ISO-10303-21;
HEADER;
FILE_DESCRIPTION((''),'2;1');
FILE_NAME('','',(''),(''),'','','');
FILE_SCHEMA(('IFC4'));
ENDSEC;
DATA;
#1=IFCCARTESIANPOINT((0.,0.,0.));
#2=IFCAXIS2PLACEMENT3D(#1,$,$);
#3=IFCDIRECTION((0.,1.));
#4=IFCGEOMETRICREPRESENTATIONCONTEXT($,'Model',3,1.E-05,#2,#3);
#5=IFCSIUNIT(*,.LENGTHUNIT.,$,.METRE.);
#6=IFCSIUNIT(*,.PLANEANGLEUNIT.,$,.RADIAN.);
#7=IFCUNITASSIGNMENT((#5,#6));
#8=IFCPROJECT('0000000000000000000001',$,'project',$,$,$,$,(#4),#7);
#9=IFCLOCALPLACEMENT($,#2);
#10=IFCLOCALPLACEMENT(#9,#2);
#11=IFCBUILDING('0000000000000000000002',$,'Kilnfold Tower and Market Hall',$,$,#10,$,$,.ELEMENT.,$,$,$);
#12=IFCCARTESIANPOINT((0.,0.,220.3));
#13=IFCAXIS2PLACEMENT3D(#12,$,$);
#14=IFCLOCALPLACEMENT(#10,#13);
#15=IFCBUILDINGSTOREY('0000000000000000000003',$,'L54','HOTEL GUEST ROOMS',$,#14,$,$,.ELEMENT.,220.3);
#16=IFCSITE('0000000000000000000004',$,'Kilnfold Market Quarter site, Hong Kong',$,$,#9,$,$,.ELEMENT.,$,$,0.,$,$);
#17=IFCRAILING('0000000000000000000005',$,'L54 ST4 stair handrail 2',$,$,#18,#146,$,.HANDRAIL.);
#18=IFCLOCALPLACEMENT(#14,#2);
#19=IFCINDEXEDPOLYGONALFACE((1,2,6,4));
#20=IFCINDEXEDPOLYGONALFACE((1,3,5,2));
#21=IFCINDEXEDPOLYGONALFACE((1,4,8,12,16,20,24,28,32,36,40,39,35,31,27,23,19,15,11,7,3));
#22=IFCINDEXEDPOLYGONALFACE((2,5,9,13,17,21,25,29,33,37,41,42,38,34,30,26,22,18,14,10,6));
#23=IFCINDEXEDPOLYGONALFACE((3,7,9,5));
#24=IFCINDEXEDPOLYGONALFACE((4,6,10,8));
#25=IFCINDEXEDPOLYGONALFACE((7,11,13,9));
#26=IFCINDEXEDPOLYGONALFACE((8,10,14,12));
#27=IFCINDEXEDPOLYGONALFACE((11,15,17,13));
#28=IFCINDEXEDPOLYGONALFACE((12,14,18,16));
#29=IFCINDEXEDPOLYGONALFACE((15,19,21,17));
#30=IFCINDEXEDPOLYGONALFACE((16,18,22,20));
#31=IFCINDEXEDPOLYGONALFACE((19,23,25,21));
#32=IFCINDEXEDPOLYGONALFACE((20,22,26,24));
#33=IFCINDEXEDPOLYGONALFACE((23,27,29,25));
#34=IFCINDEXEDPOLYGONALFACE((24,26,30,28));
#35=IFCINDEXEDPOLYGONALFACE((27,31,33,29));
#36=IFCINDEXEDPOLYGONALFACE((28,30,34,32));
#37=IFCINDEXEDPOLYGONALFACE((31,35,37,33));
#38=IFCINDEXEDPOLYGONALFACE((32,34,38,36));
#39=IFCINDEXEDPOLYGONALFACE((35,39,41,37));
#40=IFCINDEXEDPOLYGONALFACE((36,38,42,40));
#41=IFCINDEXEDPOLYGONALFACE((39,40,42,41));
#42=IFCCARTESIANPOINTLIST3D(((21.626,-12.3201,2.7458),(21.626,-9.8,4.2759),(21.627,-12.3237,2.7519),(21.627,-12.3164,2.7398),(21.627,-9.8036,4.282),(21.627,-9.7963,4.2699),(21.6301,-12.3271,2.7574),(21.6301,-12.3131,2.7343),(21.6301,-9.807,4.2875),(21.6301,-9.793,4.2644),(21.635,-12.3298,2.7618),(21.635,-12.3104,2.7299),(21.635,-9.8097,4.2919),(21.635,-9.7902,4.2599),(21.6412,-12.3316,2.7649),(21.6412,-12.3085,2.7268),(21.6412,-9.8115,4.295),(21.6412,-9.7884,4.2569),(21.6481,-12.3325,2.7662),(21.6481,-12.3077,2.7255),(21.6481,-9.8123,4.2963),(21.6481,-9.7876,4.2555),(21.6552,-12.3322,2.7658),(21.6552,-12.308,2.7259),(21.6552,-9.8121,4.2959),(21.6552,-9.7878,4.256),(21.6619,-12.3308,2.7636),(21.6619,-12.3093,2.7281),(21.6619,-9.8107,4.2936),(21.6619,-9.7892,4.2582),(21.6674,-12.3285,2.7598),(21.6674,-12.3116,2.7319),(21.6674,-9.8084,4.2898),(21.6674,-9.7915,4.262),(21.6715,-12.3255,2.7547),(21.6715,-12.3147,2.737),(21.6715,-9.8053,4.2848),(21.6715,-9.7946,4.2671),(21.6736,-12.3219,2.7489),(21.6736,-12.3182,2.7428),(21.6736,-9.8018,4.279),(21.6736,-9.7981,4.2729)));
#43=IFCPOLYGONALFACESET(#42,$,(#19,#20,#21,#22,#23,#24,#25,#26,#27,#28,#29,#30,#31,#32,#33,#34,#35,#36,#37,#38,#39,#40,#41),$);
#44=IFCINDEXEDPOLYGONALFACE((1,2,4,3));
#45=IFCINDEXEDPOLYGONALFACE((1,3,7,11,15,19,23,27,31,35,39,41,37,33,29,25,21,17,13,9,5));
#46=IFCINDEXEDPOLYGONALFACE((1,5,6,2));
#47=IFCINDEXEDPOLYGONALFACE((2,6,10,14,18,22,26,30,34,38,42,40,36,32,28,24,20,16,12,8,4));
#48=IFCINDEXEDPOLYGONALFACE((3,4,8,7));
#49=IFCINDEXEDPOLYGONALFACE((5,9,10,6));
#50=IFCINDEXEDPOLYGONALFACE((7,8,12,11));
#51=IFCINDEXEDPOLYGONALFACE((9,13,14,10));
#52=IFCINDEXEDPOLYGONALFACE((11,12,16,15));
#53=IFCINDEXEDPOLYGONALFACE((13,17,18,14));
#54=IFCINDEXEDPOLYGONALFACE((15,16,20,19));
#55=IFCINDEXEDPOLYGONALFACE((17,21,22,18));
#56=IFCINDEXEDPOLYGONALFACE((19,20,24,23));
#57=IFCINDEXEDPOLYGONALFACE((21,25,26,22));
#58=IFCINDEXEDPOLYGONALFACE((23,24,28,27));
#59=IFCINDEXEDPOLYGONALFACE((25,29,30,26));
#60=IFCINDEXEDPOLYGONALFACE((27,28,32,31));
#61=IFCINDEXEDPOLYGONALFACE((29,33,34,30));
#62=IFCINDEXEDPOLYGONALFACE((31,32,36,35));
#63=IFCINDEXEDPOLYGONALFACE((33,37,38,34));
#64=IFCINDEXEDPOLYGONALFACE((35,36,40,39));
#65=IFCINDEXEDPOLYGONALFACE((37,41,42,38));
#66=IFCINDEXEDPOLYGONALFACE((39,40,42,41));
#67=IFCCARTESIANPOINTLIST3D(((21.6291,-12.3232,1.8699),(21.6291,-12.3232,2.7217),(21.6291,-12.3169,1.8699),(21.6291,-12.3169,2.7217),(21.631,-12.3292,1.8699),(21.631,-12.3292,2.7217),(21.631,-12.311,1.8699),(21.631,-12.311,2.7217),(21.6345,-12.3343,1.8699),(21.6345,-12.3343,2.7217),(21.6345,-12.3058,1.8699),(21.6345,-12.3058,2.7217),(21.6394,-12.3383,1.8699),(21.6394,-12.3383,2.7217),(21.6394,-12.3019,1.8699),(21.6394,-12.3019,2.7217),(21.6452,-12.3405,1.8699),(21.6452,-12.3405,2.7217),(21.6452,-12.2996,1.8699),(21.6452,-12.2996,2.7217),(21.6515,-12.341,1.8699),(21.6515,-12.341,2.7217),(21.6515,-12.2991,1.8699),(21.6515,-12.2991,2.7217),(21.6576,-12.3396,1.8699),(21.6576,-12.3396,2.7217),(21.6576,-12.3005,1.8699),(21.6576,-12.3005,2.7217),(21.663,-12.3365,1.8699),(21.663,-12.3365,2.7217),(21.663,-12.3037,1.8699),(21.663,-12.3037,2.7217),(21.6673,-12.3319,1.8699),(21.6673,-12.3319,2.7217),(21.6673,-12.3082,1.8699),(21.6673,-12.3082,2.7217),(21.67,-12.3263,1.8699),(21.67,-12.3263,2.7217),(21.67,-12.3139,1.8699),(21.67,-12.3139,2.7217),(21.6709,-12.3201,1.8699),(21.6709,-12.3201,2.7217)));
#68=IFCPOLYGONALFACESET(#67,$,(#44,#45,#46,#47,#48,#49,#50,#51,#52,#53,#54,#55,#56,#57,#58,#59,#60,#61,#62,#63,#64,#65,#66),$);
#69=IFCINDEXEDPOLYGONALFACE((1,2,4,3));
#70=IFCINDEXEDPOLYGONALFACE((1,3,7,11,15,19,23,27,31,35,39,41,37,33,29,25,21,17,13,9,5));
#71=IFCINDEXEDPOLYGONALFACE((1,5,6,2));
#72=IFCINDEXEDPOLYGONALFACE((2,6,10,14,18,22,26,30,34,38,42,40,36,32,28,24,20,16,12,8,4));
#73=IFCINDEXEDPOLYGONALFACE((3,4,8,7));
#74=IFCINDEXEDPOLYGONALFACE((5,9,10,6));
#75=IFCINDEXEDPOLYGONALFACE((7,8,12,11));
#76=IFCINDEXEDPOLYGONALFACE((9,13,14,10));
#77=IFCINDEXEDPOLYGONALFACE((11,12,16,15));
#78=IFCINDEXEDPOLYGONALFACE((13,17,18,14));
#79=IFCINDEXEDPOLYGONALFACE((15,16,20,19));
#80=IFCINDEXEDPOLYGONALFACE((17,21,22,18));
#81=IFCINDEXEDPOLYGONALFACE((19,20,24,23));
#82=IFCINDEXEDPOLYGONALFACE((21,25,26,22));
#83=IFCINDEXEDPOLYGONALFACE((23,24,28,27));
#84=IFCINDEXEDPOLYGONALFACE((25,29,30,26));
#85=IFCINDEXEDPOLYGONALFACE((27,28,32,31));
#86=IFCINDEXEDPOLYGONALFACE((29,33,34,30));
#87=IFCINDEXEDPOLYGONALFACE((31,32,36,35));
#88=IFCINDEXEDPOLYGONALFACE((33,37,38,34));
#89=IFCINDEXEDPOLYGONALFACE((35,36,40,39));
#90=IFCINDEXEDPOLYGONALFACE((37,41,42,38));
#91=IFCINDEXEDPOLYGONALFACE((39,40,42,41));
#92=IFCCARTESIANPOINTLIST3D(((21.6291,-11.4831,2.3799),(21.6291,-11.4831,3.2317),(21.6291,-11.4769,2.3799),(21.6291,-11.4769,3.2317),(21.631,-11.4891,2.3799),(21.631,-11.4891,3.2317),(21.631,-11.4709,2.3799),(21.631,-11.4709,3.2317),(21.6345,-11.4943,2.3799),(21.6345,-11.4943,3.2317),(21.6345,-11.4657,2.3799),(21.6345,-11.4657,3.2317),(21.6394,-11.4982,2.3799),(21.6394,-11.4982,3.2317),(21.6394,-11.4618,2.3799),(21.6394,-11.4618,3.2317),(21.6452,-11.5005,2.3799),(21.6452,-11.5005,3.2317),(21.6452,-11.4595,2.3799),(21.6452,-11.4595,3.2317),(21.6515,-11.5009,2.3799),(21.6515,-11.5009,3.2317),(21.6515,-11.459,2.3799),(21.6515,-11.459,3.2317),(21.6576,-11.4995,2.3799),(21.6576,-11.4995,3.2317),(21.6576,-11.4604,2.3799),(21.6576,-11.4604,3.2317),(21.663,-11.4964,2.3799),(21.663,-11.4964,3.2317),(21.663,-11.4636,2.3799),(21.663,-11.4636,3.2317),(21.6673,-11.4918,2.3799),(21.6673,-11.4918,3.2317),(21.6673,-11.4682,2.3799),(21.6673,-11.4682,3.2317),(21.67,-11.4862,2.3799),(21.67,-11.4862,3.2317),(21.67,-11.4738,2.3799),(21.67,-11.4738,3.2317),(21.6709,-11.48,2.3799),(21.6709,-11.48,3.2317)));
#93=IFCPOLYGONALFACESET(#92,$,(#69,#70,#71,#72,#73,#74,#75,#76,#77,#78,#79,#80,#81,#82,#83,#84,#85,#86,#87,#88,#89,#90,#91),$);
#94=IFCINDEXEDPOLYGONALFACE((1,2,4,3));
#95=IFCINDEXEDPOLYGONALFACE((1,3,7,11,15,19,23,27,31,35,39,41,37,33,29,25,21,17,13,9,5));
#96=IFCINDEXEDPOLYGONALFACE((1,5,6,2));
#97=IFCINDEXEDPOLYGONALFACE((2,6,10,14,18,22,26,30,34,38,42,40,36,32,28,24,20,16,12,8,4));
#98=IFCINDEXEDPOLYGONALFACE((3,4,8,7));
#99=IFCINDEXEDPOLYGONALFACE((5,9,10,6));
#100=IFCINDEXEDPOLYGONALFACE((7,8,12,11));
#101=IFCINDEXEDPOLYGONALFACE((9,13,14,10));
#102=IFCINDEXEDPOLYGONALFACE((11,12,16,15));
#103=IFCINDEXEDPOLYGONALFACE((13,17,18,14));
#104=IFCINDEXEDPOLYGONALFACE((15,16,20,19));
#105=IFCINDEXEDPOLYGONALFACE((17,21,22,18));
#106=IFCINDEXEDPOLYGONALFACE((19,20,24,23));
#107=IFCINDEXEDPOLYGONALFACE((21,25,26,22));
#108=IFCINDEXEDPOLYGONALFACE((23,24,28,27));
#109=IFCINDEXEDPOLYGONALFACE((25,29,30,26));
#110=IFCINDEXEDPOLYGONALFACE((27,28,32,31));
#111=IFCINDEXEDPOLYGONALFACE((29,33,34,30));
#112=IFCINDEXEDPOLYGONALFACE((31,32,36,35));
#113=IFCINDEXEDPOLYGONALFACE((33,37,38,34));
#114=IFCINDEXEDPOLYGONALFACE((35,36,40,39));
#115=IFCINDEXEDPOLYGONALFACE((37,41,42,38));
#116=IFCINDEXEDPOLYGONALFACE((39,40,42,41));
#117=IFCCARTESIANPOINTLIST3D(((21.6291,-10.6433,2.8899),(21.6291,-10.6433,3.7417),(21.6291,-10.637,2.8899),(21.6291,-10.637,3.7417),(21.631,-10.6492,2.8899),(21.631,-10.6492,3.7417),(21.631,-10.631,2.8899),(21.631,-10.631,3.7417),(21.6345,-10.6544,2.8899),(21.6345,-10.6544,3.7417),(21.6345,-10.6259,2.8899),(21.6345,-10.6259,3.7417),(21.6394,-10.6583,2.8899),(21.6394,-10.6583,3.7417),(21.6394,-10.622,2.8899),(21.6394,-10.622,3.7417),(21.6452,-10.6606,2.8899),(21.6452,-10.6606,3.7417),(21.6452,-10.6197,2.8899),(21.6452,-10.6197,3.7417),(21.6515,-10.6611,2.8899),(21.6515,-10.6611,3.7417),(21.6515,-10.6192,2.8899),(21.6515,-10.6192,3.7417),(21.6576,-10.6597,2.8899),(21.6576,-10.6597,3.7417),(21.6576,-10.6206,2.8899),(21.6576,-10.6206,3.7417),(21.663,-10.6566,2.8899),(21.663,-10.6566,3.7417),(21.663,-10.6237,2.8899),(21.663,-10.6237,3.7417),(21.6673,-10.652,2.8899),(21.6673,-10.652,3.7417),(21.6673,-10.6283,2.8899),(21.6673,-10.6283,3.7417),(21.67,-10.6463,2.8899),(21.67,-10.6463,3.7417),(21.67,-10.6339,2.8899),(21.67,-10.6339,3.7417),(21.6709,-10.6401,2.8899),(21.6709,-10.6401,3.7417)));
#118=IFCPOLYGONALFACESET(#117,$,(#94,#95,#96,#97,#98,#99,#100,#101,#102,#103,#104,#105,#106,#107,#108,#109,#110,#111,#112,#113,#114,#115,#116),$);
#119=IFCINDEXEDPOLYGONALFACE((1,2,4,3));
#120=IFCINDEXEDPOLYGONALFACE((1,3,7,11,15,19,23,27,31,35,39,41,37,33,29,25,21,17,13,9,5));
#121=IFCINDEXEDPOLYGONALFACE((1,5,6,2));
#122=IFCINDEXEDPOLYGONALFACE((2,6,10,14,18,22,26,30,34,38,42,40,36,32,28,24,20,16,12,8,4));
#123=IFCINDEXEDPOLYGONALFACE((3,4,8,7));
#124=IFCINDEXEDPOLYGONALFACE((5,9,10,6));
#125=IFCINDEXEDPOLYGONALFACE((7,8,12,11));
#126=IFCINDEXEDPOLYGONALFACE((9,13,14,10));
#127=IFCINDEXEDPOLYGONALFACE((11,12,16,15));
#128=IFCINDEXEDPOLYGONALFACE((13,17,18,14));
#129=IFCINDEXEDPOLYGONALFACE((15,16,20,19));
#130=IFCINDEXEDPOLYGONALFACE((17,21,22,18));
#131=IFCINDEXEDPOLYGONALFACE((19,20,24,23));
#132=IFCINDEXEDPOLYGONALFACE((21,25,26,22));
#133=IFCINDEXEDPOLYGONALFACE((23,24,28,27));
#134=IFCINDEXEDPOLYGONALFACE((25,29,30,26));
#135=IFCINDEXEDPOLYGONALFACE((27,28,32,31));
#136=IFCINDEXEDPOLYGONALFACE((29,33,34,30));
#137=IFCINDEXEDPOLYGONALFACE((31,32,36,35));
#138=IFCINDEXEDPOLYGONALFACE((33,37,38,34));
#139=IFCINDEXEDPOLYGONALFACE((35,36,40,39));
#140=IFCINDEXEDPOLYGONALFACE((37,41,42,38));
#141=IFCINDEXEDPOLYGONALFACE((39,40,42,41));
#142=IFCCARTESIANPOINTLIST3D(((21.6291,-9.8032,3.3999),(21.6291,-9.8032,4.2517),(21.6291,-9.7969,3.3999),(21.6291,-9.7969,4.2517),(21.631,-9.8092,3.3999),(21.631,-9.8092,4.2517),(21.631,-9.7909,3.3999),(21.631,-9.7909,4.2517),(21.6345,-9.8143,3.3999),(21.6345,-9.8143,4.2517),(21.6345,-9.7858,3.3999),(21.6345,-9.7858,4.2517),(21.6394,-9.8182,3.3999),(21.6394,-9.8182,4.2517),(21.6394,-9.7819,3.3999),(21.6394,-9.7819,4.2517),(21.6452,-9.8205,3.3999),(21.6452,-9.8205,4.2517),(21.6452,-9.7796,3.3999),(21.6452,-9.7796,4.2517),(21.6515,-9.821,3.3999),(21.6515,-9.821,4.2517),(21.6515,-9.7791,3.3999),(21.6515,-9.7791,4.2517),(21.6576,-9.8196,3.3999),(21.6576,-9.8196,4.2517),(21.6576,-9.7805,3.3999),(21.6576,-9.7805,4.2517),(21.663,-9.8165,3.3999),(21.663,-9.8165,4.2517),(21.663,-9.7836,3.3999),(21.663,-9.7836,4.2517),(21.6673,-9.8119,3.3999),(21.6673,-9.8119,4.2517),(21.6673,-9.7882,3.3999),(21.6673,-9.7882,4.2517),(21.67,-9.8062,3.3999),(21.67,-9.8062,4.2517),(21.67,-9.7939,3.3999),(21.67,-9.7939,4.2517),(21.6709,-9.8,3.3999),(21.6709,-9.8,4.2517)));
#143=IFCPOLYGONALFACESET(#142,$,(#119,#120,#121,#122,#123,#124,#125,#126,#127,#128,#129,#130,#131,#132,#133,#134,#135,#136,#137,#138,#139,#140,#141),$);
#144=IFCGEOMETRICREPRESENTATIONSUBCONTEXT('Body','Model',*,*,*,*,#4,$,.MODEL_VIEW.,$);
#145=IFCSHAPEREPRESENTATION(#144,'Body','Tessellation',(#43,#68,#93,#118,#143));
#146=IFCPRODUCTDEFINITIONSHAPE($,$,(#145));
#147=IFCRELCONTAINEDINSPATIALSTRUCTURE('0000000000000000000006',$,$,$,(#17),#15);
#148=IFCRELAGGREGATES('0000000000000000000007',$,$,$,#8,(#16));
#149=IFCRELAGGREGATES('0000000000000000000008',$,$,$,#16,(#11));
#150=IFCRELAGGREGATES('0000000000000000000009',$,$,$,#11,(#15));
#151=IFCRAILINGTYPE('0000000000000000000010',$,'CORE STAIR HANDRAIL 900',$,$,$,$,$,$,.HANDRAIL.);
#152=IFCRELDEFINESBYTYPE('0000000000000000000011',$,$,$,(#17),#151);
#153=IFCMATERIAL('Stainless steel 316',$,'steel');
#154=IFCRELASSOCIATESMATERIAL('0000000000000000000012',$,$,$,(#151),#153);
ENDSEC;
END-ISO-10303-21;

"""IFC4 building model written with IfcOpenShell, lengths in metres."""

from ifc_helpers import new_model, si_unit, direction, frame, origin, origin_2d, place, context, subcontext, project, spatial, circle, extrude, material, type_object, element, save


model = new_model("IFC4")

# Units and contexts
model_context = context("Model", 3, precision=1e-05, world=origin(), true_north=direction((0.0, 1.0)))
body_context = subcontext(model_context, "Body", "Model", "MODEL_VIEW")
ifc_project = project(units=[si_unit("LENGTHUNIT", "METRE"), si_unit("PLANEANGLEUNIT", "RADIAN")], contexts=[model_context])

# Site, building, storey
site_placement = place(None, origin())
site = spatial("IfcSite", under=ifc_project, at=site_placement, Name="Kilnfold Market Quarter site, Hong Kong", CompositionType="ELEMENT", RefElevation=0.0)
building_placement = place(site_placement, origin())
building = spatial("IfcBuilding", under=site, at=building_placement, Name="Kilnfold Tower and Market Hall", CompositionType="ELEMENT")
storey_placement = place(building_placement, frame((0.0, 0.0, 220.3)))
storey = spatial("IfcBuildingStorey", under=building, at=storey_placement, Name="L54", Description="HOTEL GUEST ROOMS", CompositionType="ELEMENT", Elevation=220.3)

# Railing
ifc_material_1 = material(Name="Stainless steel 316", Category="steel")
railing_type_1 = type_object("IfcRailingType", Name="CORE STAIR HANDRAIL 900", PredefinedType="HANDRAIL", material=ifc_material_1)
railing_1_placement = place(storey_placement, frame((21.6499, -12.3201, 1.8699)))
element("IfcRailing", 1, at=railing_1_placement, inside=storey, type_object=railing_type_1, Name="L54 ST4 stair handrail 2", PredefinedType="HANDRAIL", context=body_context, shape_type="SweptSolid", body=[
    extrude(circle(Radius=0.0239, at=origin_2d()), frame((0.0, 0.0, 0.876), z_axis=(0.0, 0.854785, 0.518982), x_axis=(-1.0, 0.0, 0.0)), (0.0, 0.0, 1.0), 2.9482),
    extrude(circle(Radius=0.021, at=origin_2d()), origin(), (0.0, 0.0, 1.0), 0.8518),
    extrude(circle(Radius=0.021, at=origin_2d()), frame((0.0, 0.8401, 0.51)), (0.0, 0.0, 1.0), 0.8518),
    extrude(circle(Radius=0.021, at=origin_2d()), frame((0.0, 1.6799, 1.02)), (0.0, 0.0, 1.0), 0.8518),
    extrude(circle(Radius=0.021, at=origin_2d()), frame((0.0, 2.52, 1.53)), (0.0, 0.0, 1.0), 0.8518),
])

save(model, "model.ifc")
